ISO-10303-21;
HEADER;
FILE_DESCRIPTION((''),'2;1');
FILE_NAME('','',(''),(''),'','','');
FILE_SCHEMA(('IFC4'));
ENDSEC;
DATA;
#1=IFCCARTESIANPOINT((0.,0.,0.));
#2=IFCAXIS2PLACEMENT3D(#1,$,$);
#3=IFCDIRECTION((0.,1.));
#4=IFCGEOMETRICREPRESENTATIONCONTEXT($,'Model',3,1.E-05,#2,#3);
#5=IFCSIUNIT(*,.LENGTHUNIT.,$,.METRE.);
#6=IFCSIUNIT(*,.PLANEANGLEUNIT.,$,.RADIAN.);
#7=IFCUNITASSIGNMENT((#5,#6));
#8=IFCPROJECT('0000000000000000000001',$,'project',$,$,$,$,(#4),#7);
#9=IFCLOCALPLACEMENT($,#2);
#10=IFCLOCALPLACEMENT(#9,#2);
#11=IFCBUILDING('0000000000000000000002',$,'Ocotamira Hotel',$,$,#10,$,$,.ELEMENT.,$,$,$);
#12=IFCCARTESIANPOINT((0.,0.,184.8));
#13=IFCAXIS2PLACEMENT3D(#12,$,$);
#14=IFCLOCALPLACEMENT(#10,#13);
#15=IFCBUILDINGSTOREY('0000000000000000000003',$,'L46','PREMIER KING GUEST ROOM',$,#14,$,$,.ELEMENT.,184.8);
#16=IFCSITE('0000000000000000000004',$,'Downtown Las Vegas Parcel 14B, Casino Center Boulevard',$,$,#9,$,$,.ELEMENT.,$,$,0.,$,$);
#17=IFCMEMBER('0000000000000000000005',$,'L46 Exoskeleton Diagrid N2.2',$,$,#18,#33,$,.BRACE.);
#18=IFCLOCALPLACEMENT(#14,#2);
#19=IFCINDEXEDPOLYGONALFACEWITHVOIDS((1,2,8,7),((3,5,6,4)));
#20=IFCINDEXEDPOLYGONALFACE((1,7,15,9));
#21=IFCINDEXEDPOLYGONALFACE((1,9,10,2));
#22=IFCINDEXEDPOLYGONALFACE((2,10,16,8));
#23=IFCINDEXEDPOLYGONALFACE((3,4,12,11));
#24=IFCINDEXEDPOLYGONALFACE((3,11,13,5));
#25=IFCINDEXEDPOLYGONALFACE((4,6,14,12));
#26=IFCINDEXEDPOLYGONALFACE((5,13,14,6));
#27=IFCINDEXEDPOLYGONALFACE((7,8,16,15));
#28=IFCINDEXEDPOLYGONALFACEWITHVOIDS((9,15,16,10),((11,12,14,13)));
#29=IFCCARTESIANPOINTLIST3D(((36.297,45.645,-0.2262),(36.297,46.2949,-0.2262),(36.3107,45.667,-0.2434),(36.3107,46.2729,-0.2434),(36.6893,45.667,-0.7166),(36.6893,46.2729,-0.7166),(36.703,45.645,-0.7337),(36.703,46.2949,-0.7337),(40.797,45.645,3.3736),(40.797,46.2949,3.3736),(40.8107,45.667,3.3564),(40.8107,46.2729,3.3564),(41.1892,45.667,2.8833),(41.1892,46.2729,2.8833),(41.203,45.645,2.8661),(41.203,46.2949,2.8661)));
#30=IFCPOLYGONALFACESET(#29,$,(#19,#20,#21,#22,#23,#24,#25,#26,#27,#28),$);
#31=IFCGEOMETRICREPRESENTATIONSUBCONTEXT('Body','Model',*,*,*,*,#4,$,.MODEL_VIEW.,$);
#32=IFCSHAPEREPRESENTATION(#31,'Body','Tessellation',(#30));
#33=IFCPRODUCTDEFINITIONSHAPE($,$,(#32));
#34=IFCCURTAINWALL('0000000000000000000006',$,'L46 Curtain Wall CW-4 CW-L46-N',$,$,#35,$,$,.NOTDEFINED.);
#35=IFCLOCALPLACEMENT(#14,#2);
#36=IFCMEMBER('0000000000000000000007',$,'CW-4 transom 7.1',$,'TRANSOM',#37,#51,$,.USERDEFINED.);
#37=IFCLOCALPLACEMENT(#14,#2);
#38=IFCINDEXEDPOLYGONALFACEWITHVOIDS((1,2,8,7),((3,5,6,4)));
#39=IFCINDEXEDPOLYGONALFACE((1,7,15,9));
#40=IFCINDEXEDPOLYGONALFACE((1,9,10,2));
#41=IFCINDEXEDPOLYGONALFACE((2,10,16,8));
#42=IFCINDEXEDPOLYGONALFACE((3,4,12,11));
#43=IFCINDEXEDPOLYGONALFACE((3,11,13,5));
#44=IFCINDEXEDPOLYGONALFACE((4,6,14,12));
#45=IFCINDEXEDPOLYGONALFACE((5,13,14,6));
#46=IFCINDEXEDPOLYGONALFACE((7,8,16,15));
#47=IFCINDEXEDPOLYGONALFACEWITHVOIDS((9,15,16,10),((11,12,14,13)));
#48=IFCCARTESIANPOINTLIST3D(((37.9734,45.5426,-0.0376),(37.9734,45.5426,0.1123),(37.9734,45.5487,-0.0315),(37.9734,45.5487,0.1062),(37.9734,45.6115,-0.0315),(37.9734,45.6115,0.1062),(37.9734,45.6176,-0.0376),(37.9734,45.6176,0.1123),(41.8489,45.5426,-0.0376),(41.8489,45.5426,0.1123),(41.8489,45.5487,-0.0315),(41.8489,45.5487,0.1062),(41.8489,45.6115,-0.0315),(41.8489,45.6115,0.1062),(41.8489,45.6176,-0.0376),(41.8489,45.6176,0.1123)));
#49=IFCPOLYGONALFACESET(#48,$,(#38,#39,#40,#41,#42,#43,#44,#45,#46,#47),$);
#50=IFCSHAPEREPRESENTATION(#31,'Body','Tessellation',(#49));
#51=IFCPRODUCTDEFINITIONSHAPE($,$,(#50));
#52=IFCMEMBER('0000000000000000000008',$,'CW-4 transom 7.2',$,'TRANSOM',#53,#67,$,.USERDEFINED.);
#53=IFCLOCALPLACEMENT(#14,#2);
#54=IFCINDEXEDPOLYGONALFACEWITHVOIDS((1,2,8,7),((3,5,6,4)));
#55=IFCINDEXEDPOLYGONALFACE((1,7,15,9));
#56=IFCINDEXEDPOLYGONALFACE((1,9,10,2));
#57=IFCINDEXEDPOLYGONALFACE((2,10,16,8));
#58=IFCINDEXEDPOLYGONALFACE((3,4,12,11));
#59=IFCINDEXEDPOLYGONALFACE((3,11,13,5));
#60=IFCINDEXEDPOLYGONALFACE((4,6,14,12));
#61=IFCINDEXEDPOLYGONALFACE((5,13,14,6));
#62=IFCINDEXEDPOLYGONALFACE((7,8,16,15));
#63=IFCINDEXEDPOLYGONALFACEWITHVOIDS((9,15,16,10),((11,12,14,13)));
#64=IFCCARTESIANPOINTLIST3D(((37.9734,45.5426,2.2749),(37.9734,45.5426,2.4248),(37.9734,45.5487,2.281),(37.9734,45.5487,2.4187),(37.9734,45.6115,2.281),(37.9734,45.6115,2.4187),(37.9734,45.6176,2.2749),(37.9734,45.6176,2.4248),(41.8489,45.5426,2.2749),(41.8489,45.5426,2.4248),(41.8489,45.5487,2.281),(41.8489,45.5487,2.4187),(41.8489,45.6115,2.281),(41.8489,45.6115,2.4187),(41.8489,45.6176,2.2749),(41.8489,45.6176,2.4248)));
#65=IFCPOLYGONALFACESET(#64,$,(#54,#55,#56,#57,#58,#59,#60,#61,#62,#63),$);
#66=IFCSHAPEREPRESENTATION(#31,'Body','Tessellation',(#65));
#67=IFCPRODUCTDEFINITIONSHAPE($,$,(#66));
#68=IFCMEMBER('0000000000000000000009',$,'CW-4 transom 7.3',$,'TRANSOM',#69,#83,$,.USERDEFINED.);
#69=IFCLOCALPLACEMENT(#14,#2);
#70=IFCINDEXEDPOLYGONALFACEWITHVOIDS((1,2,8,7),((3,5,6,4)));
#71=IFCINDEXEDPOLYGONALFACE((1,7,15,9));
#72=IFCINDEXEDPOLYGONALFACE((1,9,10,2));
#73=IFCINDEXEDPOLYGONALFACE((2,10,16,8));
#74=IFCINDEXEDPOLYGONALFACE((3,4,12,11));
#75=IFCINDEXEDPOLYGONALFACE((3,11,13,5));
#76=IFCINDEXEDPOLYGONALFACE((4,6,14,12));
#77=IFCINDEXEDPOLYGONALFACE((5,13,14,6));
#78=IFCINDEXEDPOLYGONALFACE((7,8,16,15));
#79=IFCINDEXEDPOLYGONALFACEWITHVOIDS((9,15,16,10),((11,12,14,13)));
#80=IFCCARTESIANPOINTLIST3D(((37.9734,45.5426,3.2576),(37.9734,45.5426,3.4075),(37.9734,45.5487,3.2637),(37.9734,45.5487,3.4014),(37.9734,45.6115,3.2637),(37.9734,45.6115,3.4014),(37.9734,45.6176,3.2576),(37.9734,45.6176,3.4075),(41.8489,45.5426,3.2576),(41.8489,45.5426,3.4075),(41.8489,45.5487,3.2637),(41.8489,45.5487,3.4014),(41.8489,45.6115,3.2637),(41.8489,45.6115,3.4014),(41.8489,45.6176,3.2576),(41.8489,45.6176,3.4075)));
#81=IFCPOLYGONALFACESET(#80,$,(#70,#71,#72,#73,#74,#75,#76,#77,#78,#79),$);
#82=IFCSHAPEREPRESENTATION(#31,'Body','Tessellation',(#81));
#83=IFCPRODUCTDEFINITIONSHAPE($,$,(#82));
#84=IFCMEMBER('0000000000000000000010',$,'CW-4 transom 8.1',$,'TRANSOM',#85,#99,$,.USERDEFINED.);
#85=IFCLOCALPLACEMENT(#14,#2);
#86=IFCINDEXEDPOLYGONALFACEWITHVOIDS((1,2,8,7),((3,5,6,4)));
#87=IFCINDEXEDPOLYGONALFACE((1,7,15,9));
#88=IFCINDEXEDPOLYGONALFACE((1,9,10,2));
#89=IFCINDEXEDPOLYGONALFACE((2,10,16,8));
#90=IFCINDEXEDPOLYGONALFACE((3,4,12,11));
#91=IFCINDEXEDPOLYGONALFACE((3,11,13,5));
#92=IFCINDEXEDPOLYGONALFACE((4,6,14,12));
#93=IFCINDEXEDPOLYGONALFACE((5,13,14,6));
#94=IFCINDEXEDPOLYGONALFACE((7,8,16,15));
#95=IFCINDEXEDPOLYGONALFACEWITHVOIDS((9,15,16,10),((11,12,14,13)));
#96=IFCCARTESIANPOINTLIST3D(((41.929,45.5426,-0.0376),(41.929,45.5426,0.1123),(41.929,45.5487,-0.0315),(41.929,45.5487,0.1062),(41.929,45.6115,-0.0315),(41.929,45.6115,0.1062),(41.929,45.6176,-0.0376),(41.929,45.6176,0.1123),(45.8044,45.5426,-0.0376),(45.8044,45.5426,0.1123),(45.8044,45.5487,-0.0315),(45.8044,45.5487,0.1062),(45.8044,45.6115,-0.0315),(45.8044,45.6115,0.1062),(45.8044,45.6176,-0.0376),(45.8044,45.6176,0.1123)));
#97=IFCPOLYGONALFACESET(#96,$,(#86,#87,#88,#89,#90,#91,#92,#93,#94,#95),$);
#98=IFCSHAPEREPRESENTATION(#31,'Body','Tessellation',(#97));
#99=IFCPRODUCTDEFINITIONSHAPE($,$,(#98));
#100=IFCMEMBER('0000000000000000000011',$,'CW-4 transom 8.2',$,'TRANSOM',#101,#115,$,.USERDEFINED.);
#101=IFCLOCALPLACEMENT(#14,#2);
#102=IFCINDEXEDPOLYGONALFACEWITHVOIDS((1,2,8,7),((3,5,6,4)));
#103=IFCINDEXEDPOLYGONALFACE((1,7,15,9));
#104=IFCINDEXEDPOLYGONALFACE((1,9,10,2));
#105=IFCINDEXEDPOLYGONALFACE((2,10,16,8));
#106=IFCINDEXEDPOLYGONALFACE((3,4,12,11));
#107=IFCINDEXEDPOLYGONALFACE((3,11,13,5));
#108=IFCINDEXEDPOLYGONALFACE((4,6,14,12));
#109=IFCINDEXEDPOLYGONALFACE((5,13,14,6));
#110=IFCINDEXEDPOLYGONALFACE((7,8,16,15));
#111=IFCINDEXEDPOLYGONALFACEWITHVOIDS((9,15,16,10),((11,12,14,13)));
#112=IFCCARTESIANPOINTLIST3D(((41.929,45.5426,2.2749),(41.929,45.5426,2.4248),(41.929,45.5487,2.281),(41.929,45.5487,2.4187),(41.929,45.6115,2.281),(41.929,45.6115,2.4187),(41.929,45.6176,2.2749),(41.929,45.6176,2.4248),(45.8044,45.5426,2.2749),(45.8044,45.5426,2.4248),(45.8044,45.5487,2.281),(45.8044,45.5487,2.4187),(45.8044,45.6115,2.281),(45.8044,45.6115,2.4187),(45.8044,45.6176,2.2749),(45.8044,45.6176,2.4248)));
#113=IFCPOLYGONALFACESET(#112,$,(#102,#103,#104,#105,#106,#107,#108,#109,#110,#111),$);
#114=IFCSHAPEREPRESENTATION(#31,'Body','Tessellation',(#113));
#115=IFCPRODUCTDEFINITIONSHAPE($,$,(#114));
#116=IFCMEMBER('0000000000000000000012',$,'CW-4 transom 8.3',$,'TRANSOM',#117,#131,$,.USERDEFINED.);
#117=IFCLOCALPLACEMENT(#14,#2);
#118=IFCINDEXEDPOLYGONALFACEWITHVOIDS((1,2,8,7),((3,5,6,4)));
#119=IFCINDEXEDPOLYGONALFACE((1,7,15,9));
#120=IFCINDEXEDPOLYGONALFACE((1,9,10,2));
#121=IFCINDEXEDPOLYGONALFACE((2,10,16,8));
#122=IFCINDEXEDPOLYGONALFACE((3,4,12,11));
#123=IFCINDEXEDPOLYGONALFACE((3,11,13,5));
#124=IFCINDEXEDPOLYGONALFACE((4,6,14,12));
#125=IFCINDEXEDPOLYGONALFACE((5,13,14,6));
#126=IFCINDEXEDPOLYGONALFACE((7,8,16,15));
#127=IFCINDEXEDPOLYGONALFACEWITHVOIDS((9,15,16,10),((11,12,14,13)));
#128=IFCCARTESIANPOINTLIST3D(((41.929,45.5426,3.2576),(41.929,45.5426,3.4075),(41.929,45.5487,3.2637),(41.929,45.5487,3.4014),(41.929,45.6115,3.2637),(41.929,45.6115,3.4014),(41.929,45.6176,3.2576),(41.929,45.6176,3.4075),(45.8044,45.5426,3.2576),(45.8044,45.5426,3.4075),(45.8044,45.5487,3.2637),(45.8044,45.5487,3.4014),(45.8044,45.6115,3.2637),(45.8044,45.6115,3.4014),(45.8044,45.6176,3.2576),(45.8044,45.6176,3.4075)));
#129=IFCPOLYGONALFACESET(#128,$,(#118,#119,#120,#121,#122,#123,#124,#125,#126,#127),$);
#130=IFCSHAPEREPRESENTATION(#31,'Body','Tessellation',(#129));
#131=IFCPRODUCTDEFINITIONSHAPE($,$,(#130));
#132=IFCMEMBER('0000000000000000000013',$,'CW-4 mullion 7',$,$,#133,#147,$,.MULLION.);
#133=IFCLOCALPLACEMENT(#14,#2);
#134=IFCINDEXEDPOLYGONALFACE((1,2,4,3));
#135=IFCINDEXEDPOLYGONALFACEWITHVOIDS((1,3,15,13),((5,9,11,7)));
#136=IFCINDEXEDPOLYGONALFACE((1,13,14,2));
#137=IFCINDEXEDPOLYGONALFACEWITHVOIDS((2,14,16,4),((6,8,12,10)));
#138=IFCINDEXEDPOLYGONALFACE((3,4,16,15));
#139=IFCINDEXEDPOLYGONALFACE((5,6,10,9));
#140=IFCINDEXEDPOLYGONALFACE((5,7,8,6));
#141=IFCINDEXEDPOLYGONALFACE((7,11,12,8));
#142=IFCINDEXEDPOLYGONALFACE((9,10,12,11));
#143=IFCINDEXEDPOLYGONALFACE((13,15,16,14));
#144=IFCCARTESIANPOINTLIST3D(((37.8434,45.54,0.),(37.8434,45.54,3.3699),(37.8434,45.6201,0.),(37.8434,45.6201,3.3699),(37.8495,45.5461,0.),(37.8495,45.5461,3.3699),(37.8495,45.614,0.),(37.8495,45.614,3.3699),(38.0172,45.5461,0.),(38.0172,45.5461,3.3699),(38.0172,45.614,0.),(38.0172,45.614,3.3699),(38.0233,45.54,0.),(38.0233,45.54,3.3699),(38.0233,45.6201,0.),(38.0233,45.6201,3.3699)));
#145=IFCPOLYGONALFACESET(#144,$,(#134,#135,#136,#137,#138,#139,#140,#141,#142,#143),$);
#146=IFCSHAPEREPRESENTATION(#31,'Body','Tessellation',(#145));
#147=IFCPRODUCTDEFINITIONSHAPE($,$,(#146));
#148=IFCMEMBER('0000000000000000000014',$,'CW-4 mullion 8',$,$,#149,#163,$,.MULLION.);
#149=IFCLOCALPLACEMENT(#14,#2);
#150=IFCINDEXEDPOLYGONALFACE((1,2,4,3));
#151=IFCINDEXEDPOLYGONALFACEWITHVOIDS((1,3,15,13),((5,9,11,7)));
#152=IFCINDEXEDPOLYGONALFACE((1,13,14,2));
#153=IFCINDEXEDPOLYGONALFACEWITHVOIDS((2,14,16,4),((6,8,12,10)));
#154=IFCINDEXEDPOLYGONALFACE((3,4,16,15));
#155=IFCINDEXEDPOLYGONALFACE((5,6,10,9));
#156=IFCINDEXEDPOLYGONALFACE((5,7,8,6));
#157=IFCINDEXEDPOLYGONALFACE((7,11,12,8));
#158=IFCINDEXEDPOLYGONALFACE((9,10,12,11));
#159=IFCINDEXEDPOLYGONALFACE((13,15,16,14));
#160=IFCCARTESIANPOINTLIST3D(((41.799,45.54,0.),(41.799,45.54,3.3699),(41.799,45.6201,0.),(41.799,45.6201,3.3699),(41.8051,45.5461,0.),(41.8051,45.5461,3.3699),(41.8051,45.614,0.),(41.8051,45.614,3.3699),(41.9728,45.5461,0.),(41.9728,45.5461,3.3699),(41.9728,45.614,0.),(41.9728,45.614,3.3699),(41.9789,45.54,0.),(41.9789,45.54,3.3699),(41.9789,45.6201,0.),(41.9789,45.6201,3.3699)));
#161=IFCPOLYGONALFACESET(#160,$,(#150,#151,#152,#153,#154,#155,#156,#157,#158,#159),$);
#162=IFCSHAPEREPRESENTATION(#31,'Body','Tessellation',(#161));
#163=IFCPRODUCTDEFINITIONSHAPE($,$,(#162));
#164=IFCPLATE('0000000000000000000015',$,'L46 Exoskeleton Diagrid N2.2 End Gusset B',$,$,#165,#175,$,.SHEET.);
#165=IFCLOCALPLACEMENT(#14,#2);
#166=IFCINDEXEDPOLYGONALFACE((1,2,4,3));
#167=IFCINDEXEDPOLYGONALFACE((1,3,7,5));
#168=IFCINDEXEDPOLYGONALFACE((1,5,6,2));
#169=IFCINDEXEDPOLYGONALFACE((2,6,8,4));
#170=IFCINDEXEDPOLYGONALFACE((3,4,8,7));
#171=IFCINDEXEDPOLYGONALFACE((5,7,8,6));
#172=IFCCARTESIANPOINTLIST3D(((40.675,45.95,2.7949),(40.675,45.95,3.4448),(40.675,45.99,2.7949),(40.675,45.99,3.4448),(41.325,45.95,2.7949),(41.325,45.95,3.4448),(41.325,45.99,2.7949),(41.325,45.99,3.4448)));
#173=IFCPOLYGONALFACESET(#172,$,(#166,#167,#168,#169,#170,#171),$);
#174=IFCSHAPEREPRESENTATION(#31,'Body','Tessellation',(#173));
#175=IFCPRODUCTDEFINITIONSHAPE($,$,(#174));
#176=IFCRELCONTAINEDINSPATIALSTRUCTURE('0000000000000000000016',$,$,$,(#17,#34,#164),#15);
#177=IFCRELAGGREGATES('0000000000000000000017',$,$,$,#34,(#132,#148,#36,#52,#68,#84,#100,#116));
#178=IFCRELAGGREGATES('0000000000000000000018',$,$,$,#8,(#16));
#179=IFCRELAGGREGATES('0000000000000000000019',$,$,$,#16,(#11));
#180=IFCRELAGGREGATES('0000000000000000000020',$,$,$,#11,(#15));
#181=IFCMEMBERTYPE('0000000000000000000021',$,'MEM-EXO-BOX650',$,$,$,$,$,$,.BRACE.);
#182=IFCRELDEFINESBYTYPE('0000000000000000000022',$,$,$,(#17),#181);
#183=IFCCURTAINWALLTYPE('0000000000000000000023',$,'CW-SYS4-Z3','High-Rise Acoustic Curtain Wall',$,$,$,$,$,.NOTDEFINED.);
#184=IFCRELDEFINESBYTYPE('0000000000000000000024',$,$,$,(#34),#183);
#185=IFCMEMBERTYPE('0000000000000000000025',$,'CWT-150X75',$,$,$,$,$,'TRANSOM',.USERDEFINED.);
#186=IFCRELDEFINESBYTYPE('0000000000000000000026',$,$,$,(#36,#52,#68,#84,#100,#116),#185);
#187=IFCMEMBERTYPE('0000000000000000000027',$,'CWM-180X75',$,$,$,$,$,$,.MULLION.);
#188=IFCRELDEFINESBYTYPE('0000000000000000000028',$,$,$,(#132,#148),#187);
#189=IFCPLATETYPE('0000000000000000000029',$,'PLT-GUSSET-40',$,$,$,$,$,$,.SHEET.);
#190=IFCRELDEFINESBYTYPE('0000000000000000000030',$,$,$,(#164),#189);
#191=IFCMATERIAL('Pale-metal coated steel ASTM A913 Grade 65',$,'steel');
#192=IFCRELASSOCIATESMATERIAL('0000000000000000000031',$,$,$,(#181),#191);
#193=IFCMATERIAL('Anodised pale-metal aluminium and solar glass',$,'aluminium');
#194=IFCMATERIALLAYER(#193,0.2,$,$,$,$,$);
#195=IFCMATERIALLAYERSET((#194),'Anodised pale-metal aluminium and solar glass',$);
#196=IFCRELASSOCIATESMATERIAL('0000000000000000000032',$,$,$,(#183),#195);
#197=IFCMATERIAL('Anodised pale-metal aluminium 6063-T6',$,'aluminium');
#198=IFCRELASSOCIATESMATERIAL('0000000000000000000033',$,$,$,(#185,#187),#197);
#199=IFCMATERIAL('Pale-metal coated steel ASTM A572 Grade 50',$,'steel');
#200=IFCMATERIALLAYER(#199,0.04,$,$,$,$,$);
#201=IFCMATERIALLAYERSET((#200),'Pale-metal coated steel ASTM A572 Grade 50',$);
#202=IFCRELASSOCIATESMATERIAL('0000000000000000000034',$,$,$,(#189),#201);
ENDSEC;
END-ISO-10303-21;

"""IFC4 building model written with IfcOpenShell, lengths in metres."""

from ifc_helpers import new_model, si_unit, direction, frame, origin, origin_2d, place, context, subcontext, project, spatial, rectangle, hollow_rectangle, extrude, source, transform, mapped, material, layer, layer_set, material_profile, profile_set, type_object, element, aggregate, save


model = new_model("IFC4")

# Units and contexts
model_context = context("Model", 3, precision=1e-05, world=origin(), true_north=direction((0.0, 1.0)))
body_context = subcontext(model_context, "Body", "Model", "MODEL_VIEW")
ifc_project = project(units=[si_unit("LENGTHUNIT", "METRE"), si_unit("PLANEANGLEUNIT", "RADIAN")], contexts=[model_context])

# Site, building, storey
site_placement = place(None, origin())
site = spatial("IfcSite", under=ifc_project, at=site_placement, Name="Downtown Las Vegas Parcel 14B, Casino Center Boulevard", CompositionType="ELEMENT", RefElevation=0.0)
building_placement = place(site_placement, origin())
building = spatial("IfcBuilding", under=site, at=building_placement, Name="Ocotamira Hotel", CompositionType="ELEMENT")
storey_placement = place(building_placement, frame((0.0, 0.0, 184.8)))
storey = spatial("IfcBuildingStorey", under=building, at=storey_placement, Name="L46", Description="PREMIER KING GUEST ROOM", CompositionType="ELEMENT", Elevation=184.8)

# Member
ifc_material_1 = material(Name="Pale-metal coated steel ASTM A913 Grade 65", Category="steel")
ifc_material_profile_1 = material_profile(ifc_material_1, hollow_rectangle(XDim=0.6499, YDim=0.6499, WallThickness=0.022, at=origin_2d()), Name="BOX650X650X22")
ifc_profile_set_1 = profile_set([ifc_material_profile_1], Name="Pale-metal coated steel ASTM A913 Grade 65")
member_type_1 = type_object("IfcMemberType", Name="MEM-EXO-BOX650", PredefinedType="BRACE", material=ifc_profile_set_1)
shared_shape_1 = source(origin(), body_context, "Body", "SweptSolid", [
    extrude(hollow_rectangle(XDim=0.6499, YDim=0.6499, WallThickness=0.022, at=origin_2d()), origin(), (0.0, 0.0, 1.0), 5.7627),
])
for number, where, z_axis, x_axis, name in (
    (1, (36.5, 45.97, -0.48), (0.780881, 0.0, 0.62468), (0.0, 1.0, 0.0), "L46 Exoskeleton Diagrid N2.2"),
):
    element("IfcMember", number, at=place(storey_placement, frame(where, z_axis=z_axis, x_axis=x_axis)), inside=storey, type_object=member_type_1, Name=name, PredefinedType="BRACE", context=body_context, shape_type="MappedRepresentation", body=[
        mapped(shared_shape_1, transform((0.0, 0.0, 0.0), scale=1.0)),
    ])

# Curtain wall, members
ifc_material_2 = material(Name="Anodised pale-metal aluminium and solar glass", Category="aluminium")
ifc_layer_1 = layer(ifc_material_2, 0.2)
ifc_layer_set_1 = layer_set([ifc_layer_1], Name="Anodised pale-metal aluminium and solar glass")
curtain_wall_type = type_object("IfcCurtainWallType", Name="CW-SYS4-Z3", Description="High-Rise Acoustic Curtain Wall", PredefinedType="NOTDEFINED", material=ifc_layer_set_1)
curtain_wall_placement = place(storey_placement, origin())
curtain_wall = element("IfcCurtainWall", 2, at=curtain_wall_placement, inside=storey, type_object=curtain_wall_type, Name="L46 Curtain Wall CW-4 CW-L46-N", PredefinedType="NOTDEFINED")
ifc_material_3 = material(Name="Anodised pale-metal aluminium 6063-T6", Category="aluminium")
ifc_material_profile_2 = material_profile(ifc_material_3, hollow_rectangle(XDim=0.075, YDim=0.1499, WallThickness=0.0061, at=origin_2d()), Name="HSS150X75X6")
ifc_profile_set_2 = profile_set([ifc_material_profile_2], Name="Anodised pale-metal aluminium 6063-T6")
member_type_2 = type_object("IfcMemberType", Name="CWT-150X75", ElementType="TRANSOM", PredefinedType="USERDEFINED", material=ifc_profile_set_2)
shared_shape_2 = source(origin(), body_context, "Body", "SweptSolid", [
    extrude(hollow_rectangle(XDim=0.075, YDim=0.1499, WallThickness=0.0061, at=origin_2d()), origin(), (0.0, 0.0, 1.0), 3.8755),
])
member_1_placement = place(storey_placement, frame((37.9734, 45.5801, 0.0374), z_axis=(1.0, 0.0, 0.0), x_axis=(0.0, 1.0, 0.0)))
member_1 = element("IfcMember", 3, at=member_1_placement, type_object=member_type_2, Name="CW-4 transom 7.1", ObjectType="TRANSOM", PredefinedType="USERDEFINED", context=body_context, shape_type="MappedRepresentation", body=[
    mapped(shared_shape_2, transform((0.0, 0.0, 0.0), scale=1.0)),
])
member_2_placement = place(storey_placement, frame((37.9734, 45.5801, 2.3499), z_axis=(1.0, 0.0, 0.0), x_axis=(0.0, 1.0, 0.0)))
member_2 = element("IfcMember", 4, at=member_2_placement, type_object=member_type_2, Name="CW-4 transom 7.2", ObjectType="TRANSOM", PredefinedType="USERDEFINED", context=body_context, shape_type="MappedRepresentation", body=[
    mapped(shared_shape_2, transform((0.0, 0.0, 0.0), scale=1.0)),
])
member_3_placement = place(storey_placement, frame((37.9734, 45.5801, 3.3325), z_axis=(1.0, 0.0, 0.0), x_axis=(0.0, 1.0, 0.0)))
member_3 = element("IfcMember", 5, at=member_3_placement, type_object=member_type_2, Name="CW-4 transom 7.3", ObjectType="TRANSOM", PredefinedType="USERDEFINED", context=body_context, shape_type="MappedRepresentation", body=[
    mapped(shared_shape_2, transform((0.0, 0.0, 0.0), scale=1.0)),
])
member_4_placement = place(storey_placement, frame((41.929, 45.5801, 0.0374), z_axis=(1.0, 0.0, 0.0), x_axis=(0.0, 1.0, 0.0)))
member_4 = element("IfcMember", 6, at=member_4_placement, type_object=member_type_2, Name="CW-4 transom 8.1", ObjectType="TRANSOM", PredefinedType="USERDEFINED", context=body_context, shape_type="MappedRepresentation", body=[
    mapped(shared_shape_2, transform((0.0, 0.0, 0.0), scale=1.0)),
])
member_5_placement = place(storey_placement, frame((41.929, 45.5801, 2.3499), z_axis=(1.0, 0.0, 0.0), x_axis=(0.0, 1.0, 0.0)))
member_5 = element("IfcMember", 7, at=member_5_placement, type_object=member_type_2, Name="CW-4 transom 8.2", ObjectType="TRANSOM", PredefinedType="USERDEFINED", context=body_context, shape_type="MappedRepresentation", body=[
    mapped(shared_shape_2, transform((0.0, 0.0, 0.0), scale=1.0)),
])
member_6_placement = place(storey_placement, frame((41.929, 45.5801, 3.3325), z_axis=(1.0, 0.0, 0.0), x_axis=(0.0, 1.0, 0.0)))
member_6 = element("IfcMember", 8, at=member_6_placement, type_object=member_type_2, Name="CW-4 transom 8.3", ObjectType="TRANSOM", PredefinedType="USERDEFINED", context=body_context, shape_type="MappedRepresentation", body=[
    mapped(shared_shape_2, transform((0.0, 0.0, 0.0), scale=1.0)),
])
ifc_material_profile_3 = material_profile(ifc_material_3, hollow_rectangle(XDim=0.0801, YDim=0.1799, WallThickness=0.0061, at=origin_2d()), Name="HSS180X80X6")
ifc_profile_set_3 = profile_set([ifc_material_profile_3], Name="Anodised pale-metal aluminium 6063-T6")
member_type_3 = type_object("IfcMemberType", Name="CWM-180X75", PredefinedType="MULLION", material=ifc_profile_set_3)
shared_shape_3 = source(origin(), body_context, "Body", "SweptSolid", [
    extrude(hollow_rectangle(XDim=0.0801, YDim=0.1799, WallThickness=0.0061, at=origin_2d()), origin(), (0.0, 0.0, 1.0), 3.3699),
])
member_7_placement = place(storey_placement, frame((37.9333, 45.5801, 0.0), z_axis=(0.0, 0.0, 1.0), x_axis=(0.0, 1.0, 0.0)))
member_7 = element("IfcMember", 9, at=member_7_placement, type_object=member_type_3, Name="CW-4 mullion 7", PredefinedType="MULLION", context=body_context, shape_type="MappedRepresentation", body=[
    mapped(shared_shape_3, transform((0.0, 0.0, 0.0), scale=1.0)),
])
member_8_placement = place(storey_placement, frame((41.8889, 45.5801, 0.0), z_axis=(0.0, 0.0, 1.0), x_axis=(0.0, 1.0, 0.0)))
member_8 = element("IfcMember", 10, at=member_8_placement, type_object=member_type_3, Name="CW-4 mullion 8", PredefinedType="MULLION", context=body_context, shape_type="MappedRepresentation", body=[
    mapped(shared_shape_3, transform((0.0, 0.0, 0.0), scale=1.0)),
])

# Plate
ifc_material_4 = material(Name="Pale-metal coated steel ASTM A572 Grade 50", Category="steel")
ifc_layer_2 = layer(ifc_material_4, 0.04)
ifc_layer_set_2 = layer_set([ifc_layer_2], Name="Pale-metal coated steel ASTM A572 Grade 50")
plate_type_1 = type_object("IfcPlateType", Name="PLT-GUSSET-40", PredefinedType="SHEET", material=ifc_layer_set_2)
shared_shape_4 = source(origin(), body_context, "Body", "SweptSolid", [
    extrude(rectangle(XDim=0.6499, YDim=0.04, at=origin_2d()), origin(), (0.0, 0.0, 1.0), 0.6499),
])
plate_1_placement = place(storey_placement, frame((41.0, 45.97, 2.7949), z_axis=(0.0, 0.0, 1.0), x_axis=(1.0, 0.0, 0.0)))
element("IfcPlate", 11, at=plate_1_placement, inside=storey, type_object=plate_type_1, Name="L46 Exoskeleton Diagrid N2.2 End Gusset B", PredefinedType="SHEET", context=body_context, shape_type="MappedRepresentation", body=[
    mapped(shared_shape_4, transform((0.0, 0.0, 0.0), scale=1.0)),
])
aggregate(curtain_wall, [member_7, member_8, member_1, member_2, member_3, member_4, member_5, member_6])

save(model, "model.ifc")
